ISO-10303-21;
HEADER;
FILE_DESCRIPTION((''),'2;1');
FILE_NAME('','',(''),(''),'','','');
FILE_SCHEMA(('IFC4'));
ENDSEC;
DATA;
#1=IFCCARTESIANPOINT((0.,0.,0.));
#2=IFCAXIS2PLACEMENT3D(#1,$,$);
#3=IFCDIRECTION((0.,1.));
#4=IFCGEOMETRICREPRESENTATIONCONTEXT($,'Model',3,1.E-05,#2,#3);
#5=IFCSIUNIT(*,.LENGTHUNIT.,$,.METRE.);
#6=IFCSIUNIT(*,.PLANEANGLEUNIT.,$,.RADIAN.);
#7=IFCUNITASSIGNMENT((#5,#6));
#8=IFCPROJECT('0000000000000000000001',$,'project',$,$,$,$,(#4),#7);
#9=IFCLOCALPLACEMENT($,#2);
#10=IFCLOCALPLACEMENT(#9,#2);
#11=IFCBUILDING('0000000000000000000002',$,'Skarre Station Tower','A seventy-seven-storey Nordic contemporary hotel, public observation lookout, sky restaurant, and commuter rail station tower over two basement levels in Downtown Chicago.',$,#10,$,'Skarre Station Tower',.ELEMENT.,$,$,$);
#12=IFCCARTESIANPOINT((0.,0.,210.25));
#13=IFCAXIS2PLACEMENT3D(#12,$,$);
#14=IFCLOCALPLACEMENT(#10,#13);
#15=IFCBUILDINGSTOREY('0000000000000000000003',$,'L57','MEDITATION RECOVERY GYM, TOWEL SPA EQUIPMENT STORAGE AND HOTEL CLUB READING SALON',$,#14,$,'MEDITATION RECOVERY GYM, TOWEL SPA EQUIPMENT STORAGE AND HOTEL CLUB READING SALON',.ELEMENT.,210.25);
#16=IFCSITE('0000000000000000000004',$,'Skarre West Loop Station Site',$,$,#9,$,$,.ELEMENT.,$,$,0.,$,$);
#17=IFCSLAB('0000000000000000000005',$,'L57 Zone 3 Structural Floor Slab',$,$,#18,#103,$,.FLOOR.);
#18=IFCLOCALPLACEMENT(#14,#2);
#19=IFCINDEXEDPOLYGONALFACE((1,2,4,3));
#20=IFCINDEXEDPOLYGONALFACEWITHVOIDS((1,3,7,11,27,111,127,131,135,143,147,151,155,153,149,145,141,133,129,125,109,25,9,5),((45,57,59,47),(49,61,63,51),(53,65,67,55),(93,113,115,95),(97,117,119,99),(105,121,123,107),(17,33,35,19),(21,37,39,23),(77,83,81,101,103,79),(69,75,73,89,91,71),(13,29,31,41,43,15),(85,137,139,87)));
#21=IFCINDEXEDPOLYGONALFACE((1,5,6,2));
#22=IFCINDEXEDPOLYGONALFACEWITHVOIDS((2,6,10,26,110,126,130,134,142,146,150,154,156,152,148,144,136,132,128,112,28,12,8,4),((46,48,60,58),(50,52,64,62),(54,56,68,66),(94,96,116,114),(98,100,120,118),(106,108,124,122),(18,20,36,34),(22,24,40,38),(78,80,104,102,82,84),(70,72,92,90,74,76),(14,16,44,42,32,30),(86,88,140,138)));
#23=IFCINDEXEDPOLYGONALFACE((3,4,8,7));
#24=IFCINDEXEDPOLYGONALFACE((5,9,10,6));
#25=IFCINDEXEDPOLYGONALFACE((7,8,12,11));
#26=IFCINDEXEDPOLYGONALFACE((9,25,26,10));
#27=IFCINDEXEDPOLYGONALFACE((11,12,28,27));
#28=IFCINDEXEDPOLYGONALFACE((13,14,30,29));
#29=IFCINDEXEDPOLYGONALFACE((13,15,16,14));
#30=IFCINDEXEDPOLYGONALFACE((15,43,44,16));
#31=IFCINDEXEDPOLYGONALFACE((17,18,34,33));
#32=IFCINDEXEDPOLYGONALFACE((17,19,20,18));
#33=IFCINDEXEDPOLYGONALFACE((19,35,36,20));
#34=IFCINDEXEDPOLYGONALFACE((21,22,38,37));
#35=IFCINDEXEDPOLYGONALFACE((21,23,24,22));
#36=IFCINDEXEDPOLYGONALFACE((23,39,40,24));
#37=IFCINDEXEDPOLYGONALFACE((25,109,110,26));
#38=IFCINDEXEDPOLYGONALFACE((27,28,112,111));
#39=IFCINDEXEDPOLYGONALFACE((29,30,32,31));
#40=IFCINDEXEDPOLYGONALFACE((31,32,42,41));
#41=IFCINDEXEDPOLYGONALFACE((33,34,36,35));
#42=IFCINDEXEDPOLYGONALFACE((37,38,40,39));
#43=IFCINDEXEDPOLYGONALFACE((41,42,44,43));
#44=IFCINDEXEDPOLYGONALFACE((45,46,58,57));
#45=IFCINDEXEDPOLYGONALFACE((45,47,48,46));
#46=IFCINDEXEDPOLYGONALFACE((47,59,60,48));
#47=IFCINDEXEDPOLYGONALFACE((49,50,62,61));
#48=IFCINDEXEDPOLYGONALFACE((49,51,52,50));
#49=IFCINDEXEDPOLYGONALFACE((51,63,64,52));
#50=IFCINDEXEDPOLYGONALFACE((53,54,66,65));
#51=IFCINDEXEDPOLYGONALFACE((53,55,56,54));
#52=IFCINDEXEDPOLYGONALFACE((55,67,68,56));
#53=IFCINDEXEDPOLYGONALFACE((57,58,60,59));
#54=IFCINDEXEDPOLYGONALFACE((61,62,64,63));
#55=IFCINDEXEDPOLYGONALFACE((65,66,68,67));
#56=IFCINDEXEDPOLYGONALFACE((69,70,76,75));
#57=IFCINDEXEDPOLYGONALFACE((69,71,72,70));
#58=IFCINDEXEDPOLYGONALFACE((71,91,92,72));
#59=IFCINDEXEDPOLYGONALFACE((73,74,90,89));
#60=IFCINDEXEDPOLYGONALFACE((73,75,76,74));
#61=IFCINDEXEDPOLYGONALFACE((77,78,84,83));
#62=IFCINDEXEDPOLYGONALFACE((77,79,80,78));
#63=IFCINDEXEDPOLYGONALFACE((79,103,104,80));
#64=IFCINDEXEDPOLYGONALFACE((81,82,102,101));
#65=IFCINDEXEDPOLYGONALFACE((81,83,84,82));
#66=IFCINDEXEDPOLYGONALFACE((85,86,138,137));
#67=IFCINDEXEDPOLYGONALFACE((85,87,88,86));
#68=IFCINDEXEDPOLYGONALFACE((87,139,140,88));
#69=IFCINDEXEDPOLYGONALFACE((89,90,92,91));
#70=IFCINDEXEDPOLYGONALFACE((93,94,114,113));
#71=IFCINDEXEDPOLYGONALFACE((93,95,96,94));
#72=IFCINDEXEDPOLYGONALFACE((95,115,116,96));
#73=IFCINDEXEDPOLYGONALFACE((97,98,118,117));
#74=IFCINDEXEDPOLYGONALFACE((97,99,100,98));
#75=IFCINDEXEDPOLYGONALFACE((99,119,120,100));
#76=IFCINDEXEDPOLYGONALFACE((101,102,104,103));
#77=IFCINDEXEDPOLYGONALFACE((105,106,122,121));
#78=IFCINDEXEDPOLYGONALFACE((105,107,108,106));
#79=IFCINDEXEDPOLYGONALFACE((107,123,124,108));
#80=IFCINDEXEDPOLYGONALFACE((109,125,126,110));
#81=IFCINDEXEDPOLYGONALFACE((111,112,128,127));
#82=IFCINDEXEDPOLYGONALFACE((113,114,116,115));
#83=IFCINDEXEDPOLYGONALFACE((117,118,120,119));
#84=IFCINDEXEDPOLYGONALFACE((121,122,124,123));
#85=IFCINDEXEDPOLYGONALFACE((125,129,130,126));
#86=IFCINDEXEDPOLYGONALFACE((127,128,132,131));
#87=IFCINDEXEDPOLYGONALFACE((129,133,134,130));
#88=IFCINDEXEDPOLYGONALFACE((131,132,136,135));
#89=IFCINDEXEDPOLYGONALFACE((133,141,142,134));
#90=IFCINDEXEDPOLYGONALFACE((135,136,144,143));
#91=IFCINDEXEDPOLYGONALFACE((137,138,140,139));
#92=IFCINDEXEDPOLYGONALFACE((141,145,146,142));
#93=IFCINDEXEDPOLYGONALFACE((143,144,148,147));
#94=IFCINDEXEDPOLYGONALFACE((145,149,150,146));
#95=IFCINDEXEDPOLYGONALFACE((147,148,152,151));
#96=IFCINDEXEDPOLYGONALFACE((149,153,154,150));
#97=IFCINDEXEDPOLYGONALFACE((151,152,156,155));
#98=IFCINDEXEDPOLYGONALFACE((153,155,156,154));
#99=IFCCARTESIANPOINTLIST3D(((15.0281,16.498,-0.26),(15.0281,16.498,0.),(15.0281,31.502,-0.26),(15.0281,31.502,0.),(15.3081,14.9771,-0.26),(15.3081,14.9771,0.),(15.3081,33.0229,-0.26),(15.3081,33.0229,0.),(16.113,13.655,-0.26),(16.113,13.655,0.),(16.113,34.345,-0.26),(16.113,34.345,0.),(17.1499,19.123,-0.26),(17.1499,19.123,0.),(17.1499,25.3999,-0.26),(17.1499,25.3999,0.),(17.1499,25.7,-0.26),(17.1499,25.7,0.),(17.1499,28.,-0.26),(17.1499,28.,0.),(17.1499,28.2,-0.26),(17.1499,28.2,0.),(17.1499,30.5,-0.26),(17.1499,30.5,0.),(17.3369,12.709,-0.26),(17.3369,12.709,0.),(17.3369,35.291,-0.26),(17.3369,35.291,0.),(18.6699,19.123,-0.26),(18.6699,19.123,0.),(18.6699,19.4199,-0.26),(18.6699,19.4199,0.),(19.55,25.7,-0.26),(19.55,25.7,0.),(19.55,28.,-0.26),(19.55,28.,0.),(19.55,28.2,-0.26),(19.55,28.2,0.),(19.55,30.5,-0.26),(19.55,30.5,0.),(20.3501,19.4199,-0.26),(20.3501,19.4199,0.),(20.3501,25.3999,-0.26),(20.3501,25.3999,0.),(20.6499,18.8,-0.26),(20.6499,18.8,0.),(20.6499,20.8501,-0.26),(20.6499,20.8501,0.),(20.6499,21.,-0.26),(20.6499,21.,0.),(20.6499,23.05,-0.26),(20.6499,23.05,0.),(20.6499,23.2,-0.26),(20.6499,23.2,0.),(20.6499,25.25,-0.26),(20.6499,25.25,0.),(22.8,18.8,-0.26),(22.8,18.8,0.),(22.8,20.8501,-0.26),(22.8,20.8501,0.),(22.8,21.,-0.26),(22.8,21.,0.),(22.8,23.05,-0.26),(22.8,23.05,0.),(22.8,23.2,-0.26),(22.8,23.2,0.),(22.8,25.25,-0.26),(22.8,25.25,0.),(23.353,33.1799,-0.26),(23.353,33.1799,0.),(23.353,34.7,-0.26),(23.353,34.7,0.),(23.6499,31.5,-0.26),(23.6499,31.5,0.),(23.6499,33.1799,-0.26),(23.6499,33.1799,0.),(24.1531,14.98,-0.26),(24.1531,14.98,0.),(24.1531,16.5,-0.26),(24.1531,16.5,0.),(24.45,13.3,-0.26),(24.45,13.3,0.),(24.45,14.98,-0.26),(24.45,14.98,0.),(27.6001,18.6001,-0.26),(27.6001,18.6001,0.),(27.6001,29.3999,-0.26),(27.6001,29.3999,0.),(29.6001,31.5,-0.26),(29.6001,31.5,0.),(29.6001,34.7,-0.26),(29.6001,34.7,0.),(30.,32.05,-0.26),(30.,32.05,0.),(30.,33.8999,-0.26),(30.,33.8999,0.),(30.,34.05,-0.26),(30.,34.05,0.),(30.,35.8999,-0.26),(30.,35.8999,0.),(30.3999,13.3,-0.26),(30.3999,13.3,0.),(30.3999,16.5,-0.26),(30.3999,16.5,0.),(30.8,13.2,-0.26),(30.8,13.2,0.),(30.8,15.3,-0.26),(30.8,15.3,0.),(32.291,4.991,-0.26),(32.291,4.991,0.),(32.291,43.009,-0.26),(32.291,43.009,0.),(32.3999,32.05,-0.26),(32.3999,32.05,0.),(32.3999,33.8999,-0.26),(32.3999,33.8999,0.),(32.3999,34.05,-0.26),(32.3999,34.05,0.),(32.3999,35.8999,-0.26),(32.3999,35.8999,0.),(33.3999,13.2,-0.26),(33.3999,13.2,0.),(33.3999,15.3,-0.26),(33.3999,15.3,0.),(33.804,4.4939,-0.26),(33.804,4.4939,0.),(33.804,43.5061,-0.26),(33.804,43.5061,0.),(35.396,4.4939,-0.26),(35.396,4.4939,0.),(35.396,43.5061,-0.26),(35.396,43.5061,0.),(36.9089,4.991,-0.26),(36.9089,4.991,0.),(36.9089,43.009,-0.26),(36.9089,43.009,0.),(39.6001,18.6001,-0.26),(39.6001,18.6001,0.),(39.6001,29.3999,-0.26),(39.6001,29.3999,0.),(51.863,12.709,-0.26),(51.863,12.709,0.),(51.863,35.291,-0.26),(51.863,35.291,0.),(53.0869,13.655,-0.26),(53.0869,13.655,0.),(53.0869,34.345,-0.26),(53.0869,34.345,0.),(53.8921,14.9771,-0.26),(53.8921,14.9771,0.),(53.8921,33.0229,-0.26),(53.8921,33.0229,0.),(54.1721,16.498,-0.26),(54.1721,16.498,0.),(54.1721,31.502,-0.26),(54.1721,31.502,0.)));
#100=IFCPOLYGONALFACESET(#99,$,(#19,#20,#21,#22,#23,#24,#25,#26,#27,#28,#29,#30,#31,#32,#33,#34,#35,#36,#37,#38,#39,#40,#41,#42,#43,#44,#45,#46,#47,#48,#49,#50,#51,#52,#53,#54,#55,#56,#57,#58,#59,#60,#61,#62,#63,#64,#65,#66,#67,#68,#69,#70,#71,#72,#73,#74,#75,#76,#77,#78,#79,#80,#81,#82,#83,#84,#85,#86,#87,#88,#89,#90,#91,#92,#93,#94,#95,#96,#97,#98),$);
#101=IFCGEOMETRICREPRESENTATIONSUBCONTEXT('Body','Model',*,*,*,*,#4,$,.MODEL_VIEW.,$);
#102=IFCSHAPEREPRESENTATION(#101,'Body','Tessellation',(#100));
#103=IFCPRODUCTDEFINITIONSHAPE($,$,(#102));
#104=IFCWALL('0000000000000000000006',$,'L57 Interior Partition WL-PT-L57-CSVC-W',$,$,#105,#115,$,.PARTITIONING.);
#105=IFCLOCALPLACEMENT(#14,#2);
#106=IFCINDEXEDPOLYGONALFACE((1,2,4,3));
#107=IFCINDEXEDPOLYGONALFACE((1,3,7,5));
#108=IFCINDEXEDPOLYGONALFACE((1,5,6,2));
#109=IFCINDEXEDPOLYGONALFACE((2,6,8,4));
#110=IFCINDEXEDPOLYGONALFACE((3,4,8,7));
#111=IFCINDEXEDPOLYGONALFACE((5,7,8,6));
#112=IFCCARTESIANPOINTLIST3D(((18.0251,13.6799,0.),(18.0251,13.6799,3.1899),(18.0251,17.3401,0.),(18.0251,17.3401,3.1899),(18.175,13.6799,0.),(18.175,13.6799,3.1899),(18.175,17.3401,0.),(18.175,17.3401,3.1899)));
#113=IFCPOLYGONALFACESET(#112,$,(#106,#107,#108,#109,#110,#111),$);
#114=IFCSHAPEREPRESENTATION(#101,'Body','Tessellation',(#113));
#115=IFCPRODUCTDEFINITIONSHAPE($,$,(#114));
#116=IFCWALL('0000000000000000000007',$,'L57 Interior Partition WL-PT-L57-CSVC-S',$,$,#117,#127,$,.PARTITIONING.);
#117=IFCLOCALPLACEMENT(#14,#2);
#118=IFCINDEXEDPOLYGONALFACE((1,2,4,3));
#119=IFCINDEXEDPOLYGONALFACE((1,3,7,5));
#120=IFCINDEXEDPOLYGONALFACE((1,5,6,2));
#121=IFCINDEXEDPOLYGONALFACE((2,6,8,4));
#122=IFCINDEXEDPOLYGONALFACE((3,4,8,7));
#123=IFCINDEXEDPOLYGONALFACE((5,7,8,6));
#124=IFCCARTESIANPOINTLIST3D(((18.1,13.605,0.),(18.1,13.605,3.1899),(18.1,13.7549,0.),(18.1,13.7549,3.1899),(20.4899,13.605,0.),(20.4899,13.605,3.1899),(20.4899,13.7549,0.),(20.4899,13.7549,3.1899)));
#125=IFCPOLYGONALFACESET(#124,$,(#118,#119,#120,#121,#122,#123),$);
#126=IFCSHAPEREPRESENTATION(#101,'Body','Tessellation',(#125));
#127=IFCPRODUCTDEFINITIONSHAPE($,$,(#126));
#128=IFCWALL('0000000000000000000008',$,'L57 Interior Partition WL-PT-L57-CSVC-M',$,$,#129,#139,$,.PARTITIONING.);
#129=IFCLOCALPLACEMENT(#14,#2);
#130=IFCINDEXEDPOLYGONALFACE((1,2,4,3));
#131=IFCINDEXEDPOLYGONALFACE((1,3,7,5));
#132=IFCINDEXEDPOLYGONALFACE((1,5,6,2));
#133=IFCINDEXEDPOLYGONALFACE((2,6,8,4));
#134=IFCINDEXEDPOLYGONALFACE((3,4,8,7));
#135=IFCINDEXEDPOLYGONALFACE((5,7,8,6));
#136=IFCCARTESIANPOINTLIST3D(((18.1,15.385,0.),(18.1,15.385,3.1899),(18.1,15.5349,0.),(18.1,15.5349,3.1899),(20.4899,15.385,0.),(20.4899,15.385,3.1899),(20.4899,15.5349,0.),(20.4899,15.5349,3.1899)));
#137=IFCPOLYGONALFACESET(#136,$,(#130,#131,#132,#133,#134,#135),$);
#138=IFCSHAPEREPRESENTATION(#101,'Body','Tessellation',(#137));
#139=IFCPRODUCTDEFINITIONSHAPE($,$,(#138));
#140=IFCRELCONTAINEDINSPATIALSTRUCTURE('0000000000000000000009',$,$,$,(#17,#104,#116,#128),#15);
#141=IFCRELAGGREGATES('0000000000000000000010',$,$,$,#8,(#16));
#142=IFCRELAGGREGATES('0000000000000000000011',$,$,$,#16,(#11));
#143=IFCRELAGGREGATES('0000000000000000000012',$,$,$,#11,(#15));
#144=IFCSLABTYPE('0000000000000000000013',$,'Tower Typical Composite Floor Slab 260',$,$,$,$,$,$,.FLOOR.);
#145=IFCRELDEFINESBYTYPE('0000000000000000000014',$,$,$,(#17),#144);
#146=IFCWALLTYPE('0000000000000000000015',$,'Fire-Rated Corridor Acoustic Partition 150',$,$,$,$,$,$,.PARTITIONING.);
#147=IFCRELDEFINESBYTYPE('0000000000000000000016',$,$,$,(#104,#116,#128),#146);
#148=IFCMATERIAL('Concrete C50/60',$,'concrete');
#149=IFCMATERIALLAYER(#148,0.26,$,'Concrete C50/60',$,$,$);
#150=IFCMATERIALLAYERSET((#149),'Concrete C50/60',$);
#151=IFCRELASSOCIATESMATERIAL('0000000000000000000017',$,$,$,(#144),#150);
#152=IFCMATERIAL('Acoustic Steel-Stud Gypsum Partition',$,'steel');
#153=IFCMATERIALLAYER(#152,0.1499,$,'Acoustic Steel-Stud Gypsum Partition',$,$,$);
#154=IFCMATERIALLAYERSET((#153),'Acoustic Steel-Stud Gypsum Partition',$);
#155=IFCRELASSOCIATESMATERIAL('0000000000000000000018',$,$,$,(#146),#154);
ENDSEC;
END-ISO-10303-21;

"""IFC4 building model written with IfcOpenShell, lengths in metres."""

from ifc_helpers import new_model, si_unit, direction, frame, frame_2d, origin, place, context, subcontext, project, spatial, polyline, rectangle, outline, extrude, material, layer, layer_set, type_object, element, save


model = new_model("IFC4")

# Units and contexts
model_context = context("Model", 3, precision=1e-05, world=origin(), true_north=direction((0.0, 1.0)))
body_context = subcontext(model_context, "Body", "Model", "MODEL_VIEW")
ifc_project = project(units=[si_unit("LENGTHUNIT", "METRE"), si_unit("PLANEANGLEUNIT", "RADIAN")], contexts=[model_context])

# Site, building, storey
site_placement = place(None, origin())
site = spatial("IfcSite", under=ifc_project, at=site_placement, Name="Skarre West Loop Station Site", CompositionType="ELEMENT", RefElevation=0.0)
building_placement = place(site_placement, origin())
building = spatial("IfcBuilding", under=site, at=building_placement, Name="Skarre Station Tower", Description="A seventy-seven-storey Nordic contemporary hotel, public observation lookout, sky restaurant, and commuter rail station tower over two basement levels in Downtown Chicago.", LongName="Skarre Station Tower", CompositionType="ELEMENT")
storey_placement = place(building_placement, frame((0.0, 0.0, 210.25)))
storey = spatial("IfcBuildingStorey", under=building, at=storey_placement, Name="L57", Description="MEDITATION RECOVERY GYM, TOWEL SPA EQUIPMENT STORAGE AND HOTEL CLUB READING SALON", LongName="MEDITATION RECOVERY GYM, TOWEL SPA EQUIPMENT STORAGE AND HOTEL CLUB READING SALON", CompositionType="ELEMENT", Elevation=210.25)

# Shared definitions
ifc_material_1 = material(Name="Concrete C50/60", Category="concrete")

# Slab
ifc_layer_1 = layer(ifc_material_1, 0.26, Name="Concrete C50/60")
ifc_layer_set_1 = layer_set([ifc_layer_1], Name="Concrete C50/60")
slab_type_1 = type_object("IfcSlabType", Name="Tower Typical Composite Floor Slab 260", PredefinedType="FLOOR", material=ifc_layer_set_1)
slab_1_placement = place(storey_placement, frame((0.0, 0.0, -0.26)))
element("IfcSlab", 1, at=slab_1_placement, inside=storey, type_object=slab_type_1, Name="L57 Zone 3 Structural Floor Slab", PredefinedType="FLOOR", context=body_context, shape_type="SweptSolid", body=[
    extrude(outline(polyline([(54.1721, 31.502), (53.8921, 33.0229), (53.0869, 34.345), (51.863, 35.291), (36.9089, 43.009), (35.396, 43.5061), (33.804, 43.5061), (32.291, 43.009), (17.3369, 35.291), (16.113, 34.345), (15.3081, 33.0229), (15.0281, 31.502), (15.0281, 16.498), (15.3081, 14.9771), (16.113, 13.655), (17.3369, 12.709), (32.291, 4.991), (33.804, 4.4939), (35.396, 4.4939), (36.9089, 4.991), (51.863, 12.709), (53.0869, 13.655), (53.8921, 14.9771), (54.1721, 16.498), (54.1721, 31.502)]), holes=[polyline([(18.6699, 19.4199), (18.6699, 19.123), (17.1499, 19.123), (17.1499, 25.3999), (20.3501, 25.3999), (20.3501, 19.4199), (18.6699, 19.4199)]), polyline([(24.45, 14.98), (24.1531, 14.98), (24.1531, 16.5), (30.3999, 16.5), (30.3999, 13.3), (24.45, 13.3), (24.45, 14.98)]), polyline([(23.6499, 33.1799), (23.353, 33.1799), (23.353, 34.7), (29.6001, 34.7), (29.6001, 31.5), (23.6499, 31.5), (23.6499, 33.1799)]), polyline([(17.1499, 28.0), (19.55, 28.0), (19.55, 25.7), (17.1499, 25.7), (17.1499, 28.0)]), polyline([(17.1499, 30.5), (19.55, 30.5), (19.55, 28.2), (17.1499, 28.2), (17.1499, 30.5)]), polyline([(30.8, 15.3), (33.3999, 15.3), (33.3999, 13.2), (30.8, 13.2), (30.8, 15.3)]), polyline([(20.6499, 20.8501), (22.8, 20.8501), (22.8, 18.8), (20.6499, 18.8), (20.6499, 20.8501)]), polyline([(20.6499, 23.05), (22.8, 23.05), (22.8, 21.0), (20.6499, 21.0), (20.6499, 23.05)]), polyline([(20.6499, 25.25), (22.8, 25.25), (22.8, 23.2), (20.6499, 23.2), (20.6499, 25.25)]), polyline([(30.0, 33.8999), (32.3999, 33.8999), (32.3999, 32.05), (30.0, 32.05), (30.0, 33.8999)]), polyline([(30.0, 35.8999), (32.3999, 35.8999), (32.3999, 34.05), (30.0, 34.05), (30.0, 35.8999)]), polyline([(27.6001, 29.3999), (39.6001, 29.3999), (39.6001, 18.6001), (27.6001, 18.6001), (27.6001, 29.3999)])]), origin(), (0.0, 0.0, 1.0), 0.26),
])

# Walls
ifc_material_2 = material(Name="Acoustic Steel-Stud Gypsum Partition", Category="steel")
ifc_layer_2 = layer(ifc_material_2, 0.1499, Name="Acoustic Steel-Stud Gypsum Partition")
ifc_layer_set_2 = layer_set([ifc_layer_2], Name="Acoustic Steel-Stud Gypsum Partition")
wall_type_1 = type_object("IfcWallType", Name="Fire-Rated Corridor Acoustic Partition 150", PredefinedType="PARTITIONING", material=ifc_layer_set_2)
wall_1_placement = place(storey_placement, frame((18.1001, 17.3401, 0.0), z_axis=(0.0, 0.0, 1.0), x_axis=(0.0, -1.0, 0.0)))
element("IfcWall", 2, at=wall_1_placement, inside=storey, type_object=wall_type_1, Name="L57 Interior Partition WL-PT-L57-CSVC-W", PredefinedType="PARTITIONING", context=body_context, shape_type="SweptSolid", body=[
    extrude(rectangle(XDim=3.6602, YDim=0.1499, at=frame_2d((1.8301, 0.0))), origin(), (0.0, 0.0, 1.0), 3.1899),
])
for number, where, z_axis, x_axis, name in (
    (3, (18.1001, 13.6799, 0.0), (0.0, 0.0, 1.0), (1.0, 0.0, 0.0), "L57 Interior Partition WL-PT-L57-CSVC-S"),
    (4, (18.1001, 15.46, 0.0), (0.0, 0.0, 1.0), (1.0, 0.0, 0.0), "L57 Interior Partition WL-PT-L57-CSVC-M"),
):
    element("IfcWall", number, at=place(storey_placement, frame(where, z_axis=z_axis, x_axis=x_axis)), inside=storey, type_object=wall_type_1, Name=name, PredefinedType="PARTITIONING", context=body_context, shape_type="SweptSolid", body=[
        extrude(rectangle(XDim=2.3899, YDim=0.1499, at=frame_2d((1.1948, 0.0))), origin(), (0.0, 0.0, 1.0), 3.1899),
    ])

save(model, "model.ifc")
